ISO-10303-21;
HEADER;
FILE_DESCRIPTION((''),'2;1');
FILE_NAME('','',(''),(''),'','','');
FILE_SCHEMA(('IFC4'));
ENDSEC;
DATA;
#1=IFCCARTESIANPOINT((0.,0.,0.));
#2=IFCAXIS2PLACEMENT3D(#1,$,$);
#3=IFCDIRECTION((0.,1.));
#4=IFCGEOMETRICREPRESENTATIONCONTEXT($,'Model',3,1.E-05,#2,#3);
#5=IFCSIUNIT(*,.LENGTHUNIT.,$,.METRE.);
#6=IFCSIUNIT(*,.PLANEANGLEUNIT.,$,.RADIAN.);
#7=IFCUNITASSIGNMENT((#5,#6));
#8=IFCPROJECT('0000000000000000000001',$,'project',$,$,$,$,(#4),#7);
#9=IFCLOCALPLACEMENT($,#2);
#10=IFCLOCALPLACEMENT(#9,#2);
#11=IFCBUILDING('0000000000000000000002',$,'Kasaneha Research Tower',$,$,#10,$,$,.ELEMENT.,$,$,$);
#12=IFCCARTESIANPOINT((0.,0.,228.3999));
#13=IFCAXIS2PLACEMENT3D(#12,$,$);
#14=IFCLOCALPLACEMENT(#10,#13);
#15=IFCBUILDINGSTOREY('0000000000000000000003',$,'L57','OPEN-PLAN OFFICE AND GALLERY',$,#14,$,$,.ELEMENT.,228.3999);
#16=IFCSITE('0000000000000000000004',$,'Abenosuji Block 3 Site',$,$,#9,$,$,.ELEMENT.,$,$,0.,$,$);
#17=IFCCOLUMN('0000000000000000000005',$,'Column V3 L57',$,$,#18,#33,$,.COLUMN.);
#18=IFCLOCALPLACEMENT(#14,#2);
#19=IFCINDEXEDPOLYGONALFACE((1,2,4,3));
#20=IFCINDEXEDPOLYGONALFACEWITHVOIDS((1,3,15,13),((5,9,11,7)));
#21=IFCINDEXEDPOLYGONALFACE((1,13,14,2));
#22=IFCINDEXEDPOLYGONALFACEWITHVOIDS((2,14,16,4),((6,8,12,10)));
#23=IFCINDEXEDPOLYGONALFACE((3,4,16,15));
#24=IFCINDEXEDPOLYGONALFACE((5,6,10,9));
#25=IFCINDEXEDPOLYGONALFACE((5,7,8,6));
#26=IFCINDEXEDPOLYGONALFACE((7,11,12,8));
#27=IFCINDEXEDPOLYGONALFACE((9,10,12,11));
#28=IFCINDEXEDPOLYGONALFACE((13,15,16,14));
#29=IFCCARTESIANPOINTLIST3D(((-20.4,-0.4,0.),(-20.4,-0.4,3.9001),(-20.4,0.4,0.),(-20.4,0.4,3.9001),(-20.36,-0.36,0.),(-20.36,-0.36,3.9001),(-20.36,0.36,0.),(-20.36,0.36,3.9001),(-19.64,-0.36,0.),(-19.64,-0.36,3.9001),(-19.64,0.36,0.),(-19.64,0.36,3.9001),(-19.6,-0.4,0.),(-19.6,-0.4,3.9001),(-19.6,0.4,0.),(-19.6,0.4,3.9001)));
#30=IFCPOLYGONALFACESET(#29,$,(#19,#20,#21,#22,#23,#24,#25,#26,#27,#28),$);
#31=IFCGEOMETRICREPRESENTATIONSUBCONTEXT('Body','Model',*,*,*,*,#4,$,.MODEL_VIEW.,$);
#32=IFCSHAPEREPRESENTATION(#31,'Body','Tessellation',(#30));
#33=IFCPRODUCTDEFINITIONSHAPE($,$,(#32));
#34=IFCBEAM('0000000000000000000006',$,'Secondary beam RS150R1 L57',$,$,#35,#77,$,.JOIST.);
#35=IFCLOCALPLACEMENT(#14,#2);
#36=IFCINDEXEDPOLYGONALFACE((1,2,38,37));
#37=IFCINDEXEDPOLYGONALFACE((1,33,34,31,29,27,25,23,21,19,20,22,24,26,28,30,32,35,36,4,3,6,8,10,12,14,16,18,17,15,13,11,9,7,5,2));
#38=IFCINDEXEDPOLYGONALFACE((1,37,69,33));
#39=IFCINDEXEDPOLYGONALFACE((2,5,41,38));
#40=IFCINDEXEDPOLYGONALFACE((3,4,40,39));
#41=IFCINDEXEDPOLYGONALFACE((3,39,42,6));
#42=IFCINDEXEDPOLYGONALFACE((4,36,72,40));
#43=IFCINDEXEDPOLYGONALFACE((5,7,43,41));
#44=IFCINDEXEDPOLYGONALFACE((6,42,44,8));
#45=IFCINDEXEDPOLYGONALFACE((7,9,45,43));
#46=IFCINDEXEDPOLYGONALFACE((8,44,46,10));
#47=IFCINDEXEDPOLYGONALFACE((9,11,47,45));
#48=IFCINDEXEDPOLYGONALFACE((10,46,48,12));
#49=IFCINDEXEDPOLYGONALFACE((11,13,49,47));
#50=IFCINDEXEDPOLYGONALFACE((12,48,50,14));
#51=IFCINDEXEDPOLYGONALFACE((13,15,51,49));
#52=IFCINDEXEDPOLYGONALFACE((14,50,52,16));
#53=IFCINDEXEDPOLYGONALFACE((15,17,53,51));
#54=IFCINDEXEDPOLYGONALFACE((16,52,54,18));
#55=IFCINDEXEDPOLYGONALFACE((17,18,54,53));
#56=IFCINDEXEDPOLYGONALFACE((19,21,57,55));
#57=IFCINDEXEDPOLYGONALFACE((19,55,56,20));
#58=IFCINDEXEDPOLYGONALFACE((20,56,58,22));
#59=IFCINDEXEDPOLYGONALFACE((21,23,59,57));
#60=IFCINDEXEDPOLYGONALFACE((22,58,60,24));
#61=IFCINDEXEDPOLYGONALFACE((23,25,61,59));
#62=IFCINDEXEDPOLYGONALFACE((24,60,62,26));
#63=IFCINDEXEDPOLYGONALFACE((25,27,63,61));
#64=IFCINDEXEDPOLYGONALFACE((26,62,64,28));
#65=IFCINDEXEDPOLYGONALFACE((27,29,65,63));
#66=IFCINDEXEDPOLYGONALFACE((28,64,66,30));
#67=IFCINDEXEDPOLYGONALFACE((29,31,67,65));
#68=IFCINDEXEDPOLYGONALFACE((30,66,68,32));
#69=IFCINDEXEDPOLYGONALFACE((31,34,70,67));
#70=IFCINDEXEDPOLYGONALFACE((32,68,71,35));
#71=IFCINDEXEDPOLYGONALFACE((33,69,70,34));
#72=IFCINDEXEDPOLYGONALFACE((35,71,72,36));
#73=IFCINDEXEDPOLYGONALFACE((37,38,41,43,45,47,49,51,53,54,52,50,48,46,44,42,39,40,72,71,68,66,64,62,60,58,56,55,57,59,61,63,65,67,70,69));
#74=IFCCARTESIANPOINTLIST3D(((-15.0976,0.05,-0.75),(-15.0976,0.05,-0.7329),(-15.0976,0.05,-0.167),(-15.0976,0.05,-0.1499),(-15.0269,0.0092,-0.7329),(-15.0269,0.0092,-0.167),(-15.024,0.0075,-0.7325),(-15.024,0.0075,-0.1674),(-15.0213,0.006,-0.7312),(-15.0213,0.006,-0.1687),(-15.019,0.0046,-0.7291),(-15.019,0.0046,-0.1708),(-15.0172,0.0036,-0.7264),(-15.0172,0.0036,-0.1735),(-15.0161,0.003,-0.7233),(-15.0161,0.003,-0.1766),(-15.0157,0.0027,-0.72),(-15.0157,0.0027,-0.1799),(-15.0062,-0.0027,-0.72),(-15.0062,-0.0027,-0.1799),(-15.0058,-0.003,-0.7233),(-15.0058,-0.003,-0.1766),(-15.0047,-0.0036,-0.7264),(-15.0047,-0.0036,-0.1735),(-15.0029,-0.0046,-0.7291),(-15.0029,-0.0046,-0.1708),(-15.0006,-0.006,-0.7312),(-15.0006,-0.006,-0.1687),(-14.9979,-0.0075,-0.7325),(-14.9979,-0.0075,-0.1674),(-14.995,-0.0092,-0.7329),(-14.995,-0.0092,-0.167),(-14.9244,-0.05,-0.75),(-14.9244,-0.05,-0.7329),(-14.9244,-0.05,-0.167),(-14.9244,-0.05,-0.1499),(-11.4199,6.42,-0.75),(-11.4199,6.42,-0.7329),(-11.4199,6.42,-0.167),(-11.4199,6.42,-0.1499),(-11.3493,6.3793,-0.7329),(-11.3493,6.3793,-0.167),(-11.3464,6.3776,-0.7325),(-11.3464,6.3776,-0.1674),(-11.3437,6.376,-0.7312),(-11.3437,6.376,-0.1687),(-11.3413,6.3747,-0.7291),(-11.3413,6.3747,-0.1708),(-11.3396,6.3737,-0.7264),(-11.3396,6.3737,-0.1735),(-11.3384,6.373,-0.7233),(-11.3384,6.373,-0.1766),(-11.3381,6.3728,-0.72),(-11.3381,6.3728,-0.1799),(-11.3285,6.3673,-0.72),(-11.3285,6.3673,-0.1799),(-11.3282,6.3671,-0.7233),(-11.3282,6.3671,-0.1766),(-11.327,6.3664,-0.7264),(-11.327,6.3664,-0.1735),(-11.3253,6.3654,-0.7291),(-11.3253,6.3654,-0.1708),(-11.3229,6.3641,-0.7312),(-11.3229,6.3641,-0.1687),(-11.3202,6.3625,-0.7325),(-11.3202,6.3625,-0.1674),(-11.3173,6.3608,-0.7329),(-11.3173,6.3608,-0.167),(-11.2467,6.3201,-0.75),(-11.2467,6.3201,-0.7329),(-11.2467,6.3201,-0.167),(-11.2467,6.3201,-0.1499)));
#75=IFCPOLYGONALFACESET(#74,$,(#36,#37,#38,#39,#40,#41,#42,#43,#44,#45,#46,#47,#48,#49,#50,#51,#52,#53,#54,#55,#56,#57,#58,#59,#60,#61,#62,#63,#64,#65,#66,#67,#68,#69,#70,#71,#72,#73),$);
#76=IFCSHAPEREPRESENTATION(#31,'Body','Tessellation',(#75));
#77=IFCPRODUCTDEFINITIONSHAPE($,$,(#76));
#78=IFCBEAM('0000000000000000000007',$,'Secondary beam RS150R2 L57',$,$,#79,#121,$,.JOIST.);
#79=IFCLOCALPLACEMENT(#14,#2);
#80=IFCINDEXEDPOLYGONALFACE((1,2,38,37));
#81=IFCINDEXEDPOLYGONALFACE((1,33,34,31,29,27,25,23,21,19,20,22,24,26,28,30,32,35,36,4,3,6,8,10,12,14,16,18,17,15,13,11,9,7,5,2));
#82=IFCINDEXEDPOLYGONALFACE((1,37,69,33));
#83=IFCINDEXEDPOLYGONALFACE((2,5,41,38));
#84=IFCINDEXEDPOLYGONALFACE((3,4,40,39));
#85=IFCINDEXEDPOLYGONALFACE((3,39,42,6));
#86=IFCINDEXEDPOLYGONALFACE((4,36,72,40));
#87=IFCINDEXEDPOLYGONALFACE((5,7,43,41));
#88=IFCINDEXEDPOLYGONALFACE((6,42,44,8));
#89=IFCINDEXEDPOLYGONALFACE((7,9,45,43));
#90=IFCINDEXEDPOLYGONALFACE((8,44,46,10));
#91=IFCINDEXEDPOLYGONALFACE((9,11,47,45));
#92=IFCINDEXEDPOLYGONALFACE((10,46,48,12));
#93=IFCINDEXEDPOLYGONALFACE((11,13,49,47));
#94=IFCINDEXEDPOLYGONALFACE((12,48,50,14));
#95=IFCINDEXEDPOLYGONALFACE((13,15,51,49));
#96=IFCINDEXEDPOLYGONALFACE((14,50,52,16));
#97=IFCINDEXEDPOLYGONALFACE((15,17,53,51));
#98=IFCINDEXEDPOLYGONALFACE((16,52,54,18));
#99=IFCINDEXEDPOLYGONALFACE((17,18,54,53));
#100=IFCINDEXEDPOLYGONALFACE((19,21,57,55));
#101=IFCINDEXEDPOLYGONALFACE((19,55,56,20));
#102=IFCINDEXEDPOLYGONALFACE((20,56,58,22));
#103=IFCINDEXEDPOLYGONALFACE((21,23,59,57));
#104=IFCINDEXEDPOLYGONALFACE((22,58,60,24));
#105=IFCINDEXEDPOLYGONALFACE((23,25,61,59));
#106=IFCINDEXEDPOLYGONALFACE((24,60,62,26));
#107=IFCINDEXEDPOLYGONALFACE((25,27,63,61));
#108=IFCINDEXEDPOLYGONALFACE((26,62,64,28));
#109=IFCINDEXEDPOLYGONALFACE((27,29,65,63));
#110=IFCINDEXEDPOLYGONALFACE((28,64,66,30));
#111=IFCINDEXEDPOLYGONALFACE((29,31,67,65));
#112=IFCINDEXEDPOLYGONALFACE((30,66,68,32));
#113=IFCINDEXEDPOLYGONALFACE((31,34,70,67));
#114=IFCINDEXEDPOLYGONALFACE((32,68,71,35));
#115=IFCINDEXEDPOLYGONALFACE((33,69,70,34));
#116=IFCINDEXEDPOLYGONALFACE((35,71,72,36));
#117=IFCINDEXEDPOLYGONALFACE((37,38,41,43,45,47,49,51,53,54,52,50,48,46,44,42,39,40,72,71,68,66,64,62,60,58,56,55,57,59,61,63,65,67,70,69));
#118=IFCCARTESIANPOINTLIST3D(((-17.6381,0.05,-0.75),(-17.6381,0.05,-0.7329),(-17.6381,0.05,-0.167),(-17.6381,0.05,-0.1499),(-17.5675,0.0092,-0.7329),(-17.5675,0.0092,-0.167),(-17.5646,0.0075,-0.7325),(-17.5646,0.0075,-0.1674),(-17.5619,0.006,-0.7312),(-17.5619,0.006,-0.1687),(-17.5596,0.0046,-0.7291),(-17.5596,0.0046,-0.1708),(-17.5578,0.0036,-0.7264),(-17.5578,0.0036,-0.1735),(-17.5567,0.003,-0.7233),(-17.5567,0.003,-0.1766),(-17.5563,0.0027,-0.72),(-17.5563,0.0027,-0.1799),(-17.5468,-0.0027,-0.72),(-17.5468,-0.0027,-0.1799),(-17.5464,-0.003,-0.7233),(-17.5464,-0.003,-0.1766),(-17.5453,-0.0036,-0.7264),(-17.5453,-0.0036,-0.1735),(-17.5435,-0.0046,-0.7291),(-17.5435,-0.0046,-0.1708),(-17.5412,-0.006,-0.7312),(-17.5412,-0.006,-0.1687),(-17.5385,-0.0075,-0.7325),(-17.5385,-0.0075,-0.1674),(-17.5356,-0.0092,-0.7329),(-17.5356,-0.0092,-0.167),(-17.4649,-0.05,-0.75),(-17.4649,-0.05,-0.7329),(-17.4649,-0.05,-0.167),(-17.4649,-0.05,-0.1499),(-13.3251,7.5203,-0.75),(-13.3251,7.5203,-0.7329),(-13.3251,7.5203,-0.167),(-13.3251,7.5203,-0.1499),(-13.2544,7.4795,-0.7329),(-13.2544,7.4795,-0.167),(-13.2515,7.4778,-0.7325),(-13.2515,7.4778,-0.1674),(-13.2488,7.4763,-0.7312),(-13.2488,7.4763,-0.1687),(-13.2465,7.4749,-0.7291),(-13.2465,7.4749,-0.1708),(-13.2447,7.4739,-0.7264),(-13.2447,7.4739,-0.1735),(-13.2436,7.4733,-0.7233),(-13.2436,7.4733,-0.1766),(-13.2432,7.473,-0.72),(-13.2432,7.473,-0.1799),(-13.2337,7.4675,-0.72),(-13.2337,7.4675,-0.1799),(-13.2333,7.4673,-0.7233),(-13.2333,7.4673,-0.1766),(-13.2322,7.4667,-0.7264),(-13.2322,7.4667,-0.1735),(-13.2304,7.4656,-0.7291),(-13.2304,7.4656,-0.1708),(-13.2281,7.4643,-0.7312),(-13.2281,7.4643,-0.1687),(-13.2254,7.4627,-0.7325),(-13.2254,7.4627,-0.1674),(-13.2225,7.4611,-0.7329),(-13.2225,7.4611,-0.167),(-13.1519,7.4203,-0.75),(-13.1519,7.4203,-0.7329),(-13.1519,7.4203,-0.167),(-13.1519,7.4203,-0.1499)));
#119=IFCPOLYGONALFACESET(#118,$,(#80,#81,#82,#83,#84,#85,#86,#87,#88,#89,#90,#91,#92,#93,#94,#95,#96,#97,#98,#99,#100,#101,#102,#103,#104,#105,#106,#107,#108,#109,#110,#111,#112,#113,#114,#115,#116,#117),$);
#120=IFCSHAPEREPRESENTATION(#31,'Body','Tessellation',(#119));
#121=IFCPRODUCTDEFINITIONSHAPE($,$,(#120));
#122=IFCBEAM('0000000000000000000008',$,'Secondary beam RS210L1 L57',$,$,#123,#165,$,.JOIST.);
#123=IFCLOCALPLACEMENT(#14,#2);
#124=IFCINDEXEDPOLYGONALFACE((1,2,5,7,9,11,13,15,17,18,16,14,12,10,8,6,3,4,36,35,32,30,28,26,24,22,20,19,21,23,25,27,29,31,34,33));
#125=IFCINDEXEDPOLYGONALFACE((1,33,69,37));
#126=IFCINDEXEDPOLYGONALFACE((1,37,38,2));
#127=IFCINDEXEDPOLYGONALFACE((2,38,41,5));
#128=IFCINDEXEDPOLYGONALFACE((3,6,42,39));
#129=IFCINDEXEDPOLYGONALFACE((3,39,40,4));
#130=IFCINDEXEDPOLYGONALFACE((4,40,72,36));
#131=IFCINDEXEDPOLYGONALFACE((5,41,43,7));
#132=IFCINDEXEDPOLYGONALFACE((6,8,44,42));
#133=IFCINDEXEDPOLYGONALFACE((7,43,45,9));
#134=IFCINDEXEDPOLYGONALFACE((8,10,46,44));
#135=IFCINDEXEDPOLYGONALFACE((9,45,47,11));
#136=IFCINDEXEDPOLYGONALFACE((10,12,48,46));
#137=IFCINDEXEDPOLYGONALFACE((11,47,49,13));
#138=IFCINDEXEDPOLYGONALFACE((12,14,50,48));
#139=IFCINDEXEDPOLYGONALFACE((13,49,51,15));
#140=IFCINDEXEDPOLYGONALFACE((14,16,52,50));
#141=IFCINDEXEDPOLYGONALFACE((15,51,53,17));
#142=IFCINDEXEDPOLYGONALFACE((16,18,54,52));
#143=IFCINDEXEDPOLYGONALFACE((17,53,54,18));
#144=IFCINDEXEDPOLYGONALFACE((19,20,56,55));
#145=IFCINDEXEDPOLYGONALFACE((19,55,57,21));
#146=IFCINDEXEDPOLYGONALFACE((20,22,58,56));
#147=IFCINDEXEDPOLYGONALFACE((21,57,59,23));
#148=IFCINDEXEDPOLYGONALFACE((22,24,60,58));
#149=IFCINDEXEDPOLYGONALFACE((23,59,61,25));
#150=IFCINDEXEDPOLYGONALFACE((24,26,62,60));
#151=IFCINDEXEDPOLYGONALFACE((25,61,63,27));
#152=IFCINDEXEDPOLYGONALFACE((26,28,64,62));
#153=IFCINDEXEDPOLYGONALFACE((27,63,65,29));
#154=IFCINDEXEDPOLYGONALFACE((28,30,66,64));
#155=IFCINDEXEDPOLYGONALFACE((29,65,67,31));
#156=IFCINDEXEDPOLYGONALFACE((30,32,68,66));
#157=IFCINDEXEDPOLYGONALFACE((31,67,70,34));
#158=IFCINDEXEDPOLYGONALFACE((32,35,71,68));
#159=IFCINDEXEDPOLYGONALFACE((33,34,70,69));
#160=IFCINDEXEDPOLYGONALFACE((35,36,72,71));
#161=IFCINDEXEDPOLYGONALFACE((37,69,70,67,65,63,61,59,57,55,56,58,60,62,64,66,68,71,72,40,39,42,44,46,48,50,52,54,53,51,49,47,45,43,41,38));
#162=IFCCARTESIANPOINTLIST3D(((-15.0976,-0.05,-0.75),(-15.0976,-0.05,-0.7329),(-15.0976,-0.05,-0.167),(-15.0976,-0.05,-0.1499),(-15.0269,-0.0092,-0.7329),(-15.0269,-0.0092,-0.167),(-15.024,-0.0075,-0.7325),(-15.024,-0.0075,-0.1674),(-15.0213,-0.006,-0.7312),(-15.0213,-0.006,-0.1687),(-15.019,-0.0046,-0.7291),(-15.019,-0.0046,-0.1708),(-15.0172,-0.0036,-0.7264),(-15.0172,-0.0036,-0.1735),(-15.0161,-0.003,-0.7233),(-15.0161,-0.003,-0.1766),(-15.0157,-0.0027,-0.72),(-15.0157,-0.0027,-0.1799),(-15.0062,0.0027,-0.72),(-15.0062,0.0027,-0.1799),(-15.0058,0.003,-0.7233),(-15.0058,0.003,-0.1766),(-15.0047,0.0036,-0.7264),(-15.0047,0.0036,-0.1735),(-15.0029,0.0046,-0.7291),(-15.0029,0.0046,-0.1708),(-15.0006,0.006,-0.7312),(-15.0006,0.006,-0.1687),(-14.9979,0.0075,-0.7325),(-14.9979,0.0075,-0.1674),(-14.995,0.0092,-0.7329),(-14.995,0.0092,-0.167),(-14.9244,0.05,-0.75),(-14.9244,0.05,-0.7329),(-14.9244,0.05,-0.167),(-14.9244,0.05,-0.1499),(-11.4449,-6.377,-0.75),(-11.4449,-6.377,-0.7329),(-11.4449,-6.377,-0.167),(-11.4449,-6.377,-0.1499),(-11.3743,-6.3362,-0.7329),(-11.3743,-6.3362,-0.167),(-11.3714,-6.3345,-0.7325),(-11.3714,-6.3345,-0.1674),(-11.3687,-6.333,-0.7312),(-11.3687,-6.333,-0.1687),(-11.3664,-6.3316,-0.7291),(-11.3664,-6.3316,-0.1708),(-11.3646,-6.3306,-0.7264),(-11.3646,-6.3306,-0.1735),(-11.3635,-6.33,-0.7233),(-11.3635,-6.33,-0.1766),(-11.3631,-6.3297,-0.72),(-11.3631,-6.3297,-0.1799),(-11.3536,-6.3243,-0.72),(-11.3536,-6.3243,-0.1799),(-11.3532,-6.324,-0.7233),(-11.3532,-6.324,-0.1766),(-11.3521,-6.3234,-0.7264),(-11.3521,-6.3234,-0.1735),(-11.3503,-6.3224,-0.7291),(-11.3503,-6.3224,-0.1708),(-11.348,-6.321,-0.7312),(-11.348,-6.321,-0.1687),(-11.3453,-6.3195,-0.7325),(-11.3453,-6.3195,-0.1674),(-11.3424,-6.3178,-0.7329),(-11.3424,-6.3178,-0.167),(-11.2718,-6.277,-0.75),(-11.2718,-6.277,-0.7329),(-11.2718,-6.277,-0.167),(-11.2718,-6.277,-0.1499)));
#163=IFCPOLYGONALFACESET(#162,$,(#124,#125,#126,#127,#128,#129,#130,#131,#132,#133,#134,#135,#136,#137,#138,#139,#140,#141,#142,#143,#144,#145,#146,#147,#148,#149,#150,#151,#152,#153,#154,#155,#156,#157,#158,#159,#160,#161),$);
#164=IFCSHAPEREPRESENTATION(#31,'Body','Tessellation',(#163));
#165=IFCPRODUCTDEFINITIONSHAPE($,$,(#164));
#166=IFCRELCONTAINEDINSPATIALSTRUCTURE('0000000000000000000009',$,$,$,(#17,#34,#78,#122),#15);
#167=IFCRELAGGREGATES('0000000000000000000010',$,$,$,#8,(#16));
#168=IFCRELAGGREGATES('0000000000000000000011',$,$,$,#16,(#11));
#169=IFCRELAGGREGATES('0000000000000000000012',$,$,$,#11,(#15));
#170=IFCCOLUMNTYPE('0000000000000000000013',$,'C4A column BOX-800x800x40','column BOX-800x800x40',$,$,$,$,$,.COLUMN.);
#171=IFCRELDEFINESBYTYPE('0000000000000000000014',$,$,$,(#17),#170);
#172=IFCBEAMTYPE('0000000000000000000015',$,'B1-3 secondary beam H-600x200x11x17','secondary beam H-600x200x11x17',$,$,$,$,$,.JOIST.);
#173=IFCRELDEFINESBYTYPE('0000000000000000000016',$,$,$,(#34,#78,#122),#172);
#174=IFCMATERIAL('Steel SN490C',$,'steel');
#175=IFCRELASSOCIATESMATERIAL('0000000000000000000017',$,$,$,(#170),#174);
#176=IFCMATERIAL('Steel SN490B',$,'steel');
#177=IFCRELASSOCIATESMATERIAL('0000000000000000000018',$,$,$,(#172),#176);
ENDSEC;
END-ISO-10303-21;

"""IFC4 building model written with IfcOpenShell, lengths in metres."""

from ifc_helpers import new_model, si_unit, direction, frame, origin, origin_2d, place, context, subcontext, project, spatial, hollow_rectangle, i_section, extrude, material, material_profile, profile_set, type_object, element, save


model = new_model("IFC4")

# Units and contexts
model_context = context("Model", 3, precision=1e-05, world=origin(), true_north=direction((0.0, 1.0)))
body_context = subcontext(model_context, "Body", "Model", "MODEL_VIEW")
ifc_project = project(units=[si_unit("LENGTHUNIT", "METRE"), si_unit("PLANEANGLEUNIT", "RADIAN")], contexts=[model_context])

# Site, building, storey
site_placement = place(None, origin())
site = spatial("IfcSite", under=ifc_project, at=site_placement, Name="Abenosuji Block 3 Site", CompositionType="ELEMENT", RefElevation=0.0)
building_placement = place(site_placement, origin())
building = spatial("IfcBuilding", under=site, at=building_placement, Name="Kasaneha Research Tower", CompositionType="ELEMENT")
storey_placement = place(building_placement, frame((0.0, 0.0, 228.3999)))
storey = spatial("IfcBuildingStorey", under=building, at=storey_placement, Name="L57", Description="OPEN-PLAN OFFICE AND GALLERY", CompositionType="ELEMENT", Elevation=228.3999)

# Column
ifc_material_1 = material(Name="Steel SN490C", Category="steel")
ifc_material_profile_1 = material_profile(ifc_material_1, hollow_rectangle(XDim=0.8, YDim=0.8, WallThickness=0.04, at=origin_2d()), Name="BOX-800x800x40")
ifc_profile_set_1 = profile_set([ifc_material_profile_1], Name="Steel SN490C")
column_type = type_object("IfcColumnType", Name="C4A column BOX-800x800x40", Description="column BOX-800x800x40", PredefinedType="COLUMN", material=ifc_profile_set_1)
column_placement = place(storey_placement, frame((-20.0, 0.0, 0.0), z_axis=(0.0, 0.0, 1.0), x_axis=(1.0, 0.0, 0.0)))
element("IfcColumn", 1, at=column_placement, inside=storey, type_object=column_type, Name="Column V3 L57", PredefinedType="COLUMN", context=body_context, shape_type="SweptSolid", body=[
    extrude(hollow_rectangle(XDim=0.8, YDim=0.8, WallThickness=0.04, at=origin_2d()), origin(), (0.0, 0.0, 1.0), 3.9001),
])

# Beams
ifc_material_2 = material(Name="Steel SN490B", Category="steel")
ifc_material_profile_2 = material_profile(ifc_material_2, i_section(OverallWidth=0.2, OverallDepth=0.6001, WebThickness=0.011, FlangeThickness=0.0171, FilletRadius=0.0129, at=origin_2d()), Name="H-600x200x11x17")
ifc_profile_set_2 = profile_set([ifc_material_profile_2], Name="Steel SN490B")
beam_type_1 = type_object("IfcBeamType", Name="B1-3 secondary beam H-600x200x11x17", Description="secondary beam H-600x200x11x17", PredefinedType="JOIST", material=ifc_profile_set_2)
beam_1_placement = place(storey_placement, frame((-15.011, 0.0, -0.45), z_axis=(0.499994, 0.866029, 0.0), x_axis=(-0.866029, 0.499994, 0.0)))
element("IfcBeam", 2, at=beam_1_placement, inside=storey, type_object=beam_type_1, Name="Secondary beam RS150R1 L57", PredefinedType="JOIST", context=body_context, shape_type="SweptSolid", body=[
    extrude(i_section(OverallWidth=0.2, OverallDepth=0.6001, WebThickness=0.011, FlangeThickness=0.0171, FilletRadius=0.0129, at=origin_2d()), origin(), (0.0, 0.0, 1.0), 7.3555),
])
beam_2_placement = place(storey_placement, frame((-17.5515, 0.0, -0.45), z_axis=(0.500005, 0.866023, 0.0), x_axis=(-0.866023, 0.500005, 0.0)))
element("IfcBeam", 3, at=beam_2_placement, inside=storey, type_object=beam_type_1, Name="Secondary beam RS150R2 L57", PredefinedType="JOIST", context=body_context, shape_type="SweptSolid", body=[
    extrude(i_section(OverallWidth=0.2, OverallDepth=0.6001, WebThickness=0.011, FlangeThickness=0.0171, FilletRadius=0.0129, at=origin_2d()), origin(), (0.0, 0.0, 1.0), 8.626),
])
beam_3_placement = place(storey_placement, frame((-15.011, 0.0, -0.45), z_axis=(0.499974, -0.86604, 0.0), x_axis=(0.86604, 0.499974, 0.0)))
element("IfcBeam", 4, at=beam_3_placement, inside=storey, type_object=beam_type_1, Name="Secondary beam RS210L1 L57", PredefinedType="JOIST", context=body_context, shape_type="SweptSolid", body=[
    extrude(i_section(OverallWidth=0.2, OverallDepth=0.6001, WebThickness=0.011, FlangeThickness=0.0171, FilletRadius=0.0129, at=origin_2d()), origin(), (0.0, 0.0, 1.0), 7.3057),
])

save(model, "model.ifc")
